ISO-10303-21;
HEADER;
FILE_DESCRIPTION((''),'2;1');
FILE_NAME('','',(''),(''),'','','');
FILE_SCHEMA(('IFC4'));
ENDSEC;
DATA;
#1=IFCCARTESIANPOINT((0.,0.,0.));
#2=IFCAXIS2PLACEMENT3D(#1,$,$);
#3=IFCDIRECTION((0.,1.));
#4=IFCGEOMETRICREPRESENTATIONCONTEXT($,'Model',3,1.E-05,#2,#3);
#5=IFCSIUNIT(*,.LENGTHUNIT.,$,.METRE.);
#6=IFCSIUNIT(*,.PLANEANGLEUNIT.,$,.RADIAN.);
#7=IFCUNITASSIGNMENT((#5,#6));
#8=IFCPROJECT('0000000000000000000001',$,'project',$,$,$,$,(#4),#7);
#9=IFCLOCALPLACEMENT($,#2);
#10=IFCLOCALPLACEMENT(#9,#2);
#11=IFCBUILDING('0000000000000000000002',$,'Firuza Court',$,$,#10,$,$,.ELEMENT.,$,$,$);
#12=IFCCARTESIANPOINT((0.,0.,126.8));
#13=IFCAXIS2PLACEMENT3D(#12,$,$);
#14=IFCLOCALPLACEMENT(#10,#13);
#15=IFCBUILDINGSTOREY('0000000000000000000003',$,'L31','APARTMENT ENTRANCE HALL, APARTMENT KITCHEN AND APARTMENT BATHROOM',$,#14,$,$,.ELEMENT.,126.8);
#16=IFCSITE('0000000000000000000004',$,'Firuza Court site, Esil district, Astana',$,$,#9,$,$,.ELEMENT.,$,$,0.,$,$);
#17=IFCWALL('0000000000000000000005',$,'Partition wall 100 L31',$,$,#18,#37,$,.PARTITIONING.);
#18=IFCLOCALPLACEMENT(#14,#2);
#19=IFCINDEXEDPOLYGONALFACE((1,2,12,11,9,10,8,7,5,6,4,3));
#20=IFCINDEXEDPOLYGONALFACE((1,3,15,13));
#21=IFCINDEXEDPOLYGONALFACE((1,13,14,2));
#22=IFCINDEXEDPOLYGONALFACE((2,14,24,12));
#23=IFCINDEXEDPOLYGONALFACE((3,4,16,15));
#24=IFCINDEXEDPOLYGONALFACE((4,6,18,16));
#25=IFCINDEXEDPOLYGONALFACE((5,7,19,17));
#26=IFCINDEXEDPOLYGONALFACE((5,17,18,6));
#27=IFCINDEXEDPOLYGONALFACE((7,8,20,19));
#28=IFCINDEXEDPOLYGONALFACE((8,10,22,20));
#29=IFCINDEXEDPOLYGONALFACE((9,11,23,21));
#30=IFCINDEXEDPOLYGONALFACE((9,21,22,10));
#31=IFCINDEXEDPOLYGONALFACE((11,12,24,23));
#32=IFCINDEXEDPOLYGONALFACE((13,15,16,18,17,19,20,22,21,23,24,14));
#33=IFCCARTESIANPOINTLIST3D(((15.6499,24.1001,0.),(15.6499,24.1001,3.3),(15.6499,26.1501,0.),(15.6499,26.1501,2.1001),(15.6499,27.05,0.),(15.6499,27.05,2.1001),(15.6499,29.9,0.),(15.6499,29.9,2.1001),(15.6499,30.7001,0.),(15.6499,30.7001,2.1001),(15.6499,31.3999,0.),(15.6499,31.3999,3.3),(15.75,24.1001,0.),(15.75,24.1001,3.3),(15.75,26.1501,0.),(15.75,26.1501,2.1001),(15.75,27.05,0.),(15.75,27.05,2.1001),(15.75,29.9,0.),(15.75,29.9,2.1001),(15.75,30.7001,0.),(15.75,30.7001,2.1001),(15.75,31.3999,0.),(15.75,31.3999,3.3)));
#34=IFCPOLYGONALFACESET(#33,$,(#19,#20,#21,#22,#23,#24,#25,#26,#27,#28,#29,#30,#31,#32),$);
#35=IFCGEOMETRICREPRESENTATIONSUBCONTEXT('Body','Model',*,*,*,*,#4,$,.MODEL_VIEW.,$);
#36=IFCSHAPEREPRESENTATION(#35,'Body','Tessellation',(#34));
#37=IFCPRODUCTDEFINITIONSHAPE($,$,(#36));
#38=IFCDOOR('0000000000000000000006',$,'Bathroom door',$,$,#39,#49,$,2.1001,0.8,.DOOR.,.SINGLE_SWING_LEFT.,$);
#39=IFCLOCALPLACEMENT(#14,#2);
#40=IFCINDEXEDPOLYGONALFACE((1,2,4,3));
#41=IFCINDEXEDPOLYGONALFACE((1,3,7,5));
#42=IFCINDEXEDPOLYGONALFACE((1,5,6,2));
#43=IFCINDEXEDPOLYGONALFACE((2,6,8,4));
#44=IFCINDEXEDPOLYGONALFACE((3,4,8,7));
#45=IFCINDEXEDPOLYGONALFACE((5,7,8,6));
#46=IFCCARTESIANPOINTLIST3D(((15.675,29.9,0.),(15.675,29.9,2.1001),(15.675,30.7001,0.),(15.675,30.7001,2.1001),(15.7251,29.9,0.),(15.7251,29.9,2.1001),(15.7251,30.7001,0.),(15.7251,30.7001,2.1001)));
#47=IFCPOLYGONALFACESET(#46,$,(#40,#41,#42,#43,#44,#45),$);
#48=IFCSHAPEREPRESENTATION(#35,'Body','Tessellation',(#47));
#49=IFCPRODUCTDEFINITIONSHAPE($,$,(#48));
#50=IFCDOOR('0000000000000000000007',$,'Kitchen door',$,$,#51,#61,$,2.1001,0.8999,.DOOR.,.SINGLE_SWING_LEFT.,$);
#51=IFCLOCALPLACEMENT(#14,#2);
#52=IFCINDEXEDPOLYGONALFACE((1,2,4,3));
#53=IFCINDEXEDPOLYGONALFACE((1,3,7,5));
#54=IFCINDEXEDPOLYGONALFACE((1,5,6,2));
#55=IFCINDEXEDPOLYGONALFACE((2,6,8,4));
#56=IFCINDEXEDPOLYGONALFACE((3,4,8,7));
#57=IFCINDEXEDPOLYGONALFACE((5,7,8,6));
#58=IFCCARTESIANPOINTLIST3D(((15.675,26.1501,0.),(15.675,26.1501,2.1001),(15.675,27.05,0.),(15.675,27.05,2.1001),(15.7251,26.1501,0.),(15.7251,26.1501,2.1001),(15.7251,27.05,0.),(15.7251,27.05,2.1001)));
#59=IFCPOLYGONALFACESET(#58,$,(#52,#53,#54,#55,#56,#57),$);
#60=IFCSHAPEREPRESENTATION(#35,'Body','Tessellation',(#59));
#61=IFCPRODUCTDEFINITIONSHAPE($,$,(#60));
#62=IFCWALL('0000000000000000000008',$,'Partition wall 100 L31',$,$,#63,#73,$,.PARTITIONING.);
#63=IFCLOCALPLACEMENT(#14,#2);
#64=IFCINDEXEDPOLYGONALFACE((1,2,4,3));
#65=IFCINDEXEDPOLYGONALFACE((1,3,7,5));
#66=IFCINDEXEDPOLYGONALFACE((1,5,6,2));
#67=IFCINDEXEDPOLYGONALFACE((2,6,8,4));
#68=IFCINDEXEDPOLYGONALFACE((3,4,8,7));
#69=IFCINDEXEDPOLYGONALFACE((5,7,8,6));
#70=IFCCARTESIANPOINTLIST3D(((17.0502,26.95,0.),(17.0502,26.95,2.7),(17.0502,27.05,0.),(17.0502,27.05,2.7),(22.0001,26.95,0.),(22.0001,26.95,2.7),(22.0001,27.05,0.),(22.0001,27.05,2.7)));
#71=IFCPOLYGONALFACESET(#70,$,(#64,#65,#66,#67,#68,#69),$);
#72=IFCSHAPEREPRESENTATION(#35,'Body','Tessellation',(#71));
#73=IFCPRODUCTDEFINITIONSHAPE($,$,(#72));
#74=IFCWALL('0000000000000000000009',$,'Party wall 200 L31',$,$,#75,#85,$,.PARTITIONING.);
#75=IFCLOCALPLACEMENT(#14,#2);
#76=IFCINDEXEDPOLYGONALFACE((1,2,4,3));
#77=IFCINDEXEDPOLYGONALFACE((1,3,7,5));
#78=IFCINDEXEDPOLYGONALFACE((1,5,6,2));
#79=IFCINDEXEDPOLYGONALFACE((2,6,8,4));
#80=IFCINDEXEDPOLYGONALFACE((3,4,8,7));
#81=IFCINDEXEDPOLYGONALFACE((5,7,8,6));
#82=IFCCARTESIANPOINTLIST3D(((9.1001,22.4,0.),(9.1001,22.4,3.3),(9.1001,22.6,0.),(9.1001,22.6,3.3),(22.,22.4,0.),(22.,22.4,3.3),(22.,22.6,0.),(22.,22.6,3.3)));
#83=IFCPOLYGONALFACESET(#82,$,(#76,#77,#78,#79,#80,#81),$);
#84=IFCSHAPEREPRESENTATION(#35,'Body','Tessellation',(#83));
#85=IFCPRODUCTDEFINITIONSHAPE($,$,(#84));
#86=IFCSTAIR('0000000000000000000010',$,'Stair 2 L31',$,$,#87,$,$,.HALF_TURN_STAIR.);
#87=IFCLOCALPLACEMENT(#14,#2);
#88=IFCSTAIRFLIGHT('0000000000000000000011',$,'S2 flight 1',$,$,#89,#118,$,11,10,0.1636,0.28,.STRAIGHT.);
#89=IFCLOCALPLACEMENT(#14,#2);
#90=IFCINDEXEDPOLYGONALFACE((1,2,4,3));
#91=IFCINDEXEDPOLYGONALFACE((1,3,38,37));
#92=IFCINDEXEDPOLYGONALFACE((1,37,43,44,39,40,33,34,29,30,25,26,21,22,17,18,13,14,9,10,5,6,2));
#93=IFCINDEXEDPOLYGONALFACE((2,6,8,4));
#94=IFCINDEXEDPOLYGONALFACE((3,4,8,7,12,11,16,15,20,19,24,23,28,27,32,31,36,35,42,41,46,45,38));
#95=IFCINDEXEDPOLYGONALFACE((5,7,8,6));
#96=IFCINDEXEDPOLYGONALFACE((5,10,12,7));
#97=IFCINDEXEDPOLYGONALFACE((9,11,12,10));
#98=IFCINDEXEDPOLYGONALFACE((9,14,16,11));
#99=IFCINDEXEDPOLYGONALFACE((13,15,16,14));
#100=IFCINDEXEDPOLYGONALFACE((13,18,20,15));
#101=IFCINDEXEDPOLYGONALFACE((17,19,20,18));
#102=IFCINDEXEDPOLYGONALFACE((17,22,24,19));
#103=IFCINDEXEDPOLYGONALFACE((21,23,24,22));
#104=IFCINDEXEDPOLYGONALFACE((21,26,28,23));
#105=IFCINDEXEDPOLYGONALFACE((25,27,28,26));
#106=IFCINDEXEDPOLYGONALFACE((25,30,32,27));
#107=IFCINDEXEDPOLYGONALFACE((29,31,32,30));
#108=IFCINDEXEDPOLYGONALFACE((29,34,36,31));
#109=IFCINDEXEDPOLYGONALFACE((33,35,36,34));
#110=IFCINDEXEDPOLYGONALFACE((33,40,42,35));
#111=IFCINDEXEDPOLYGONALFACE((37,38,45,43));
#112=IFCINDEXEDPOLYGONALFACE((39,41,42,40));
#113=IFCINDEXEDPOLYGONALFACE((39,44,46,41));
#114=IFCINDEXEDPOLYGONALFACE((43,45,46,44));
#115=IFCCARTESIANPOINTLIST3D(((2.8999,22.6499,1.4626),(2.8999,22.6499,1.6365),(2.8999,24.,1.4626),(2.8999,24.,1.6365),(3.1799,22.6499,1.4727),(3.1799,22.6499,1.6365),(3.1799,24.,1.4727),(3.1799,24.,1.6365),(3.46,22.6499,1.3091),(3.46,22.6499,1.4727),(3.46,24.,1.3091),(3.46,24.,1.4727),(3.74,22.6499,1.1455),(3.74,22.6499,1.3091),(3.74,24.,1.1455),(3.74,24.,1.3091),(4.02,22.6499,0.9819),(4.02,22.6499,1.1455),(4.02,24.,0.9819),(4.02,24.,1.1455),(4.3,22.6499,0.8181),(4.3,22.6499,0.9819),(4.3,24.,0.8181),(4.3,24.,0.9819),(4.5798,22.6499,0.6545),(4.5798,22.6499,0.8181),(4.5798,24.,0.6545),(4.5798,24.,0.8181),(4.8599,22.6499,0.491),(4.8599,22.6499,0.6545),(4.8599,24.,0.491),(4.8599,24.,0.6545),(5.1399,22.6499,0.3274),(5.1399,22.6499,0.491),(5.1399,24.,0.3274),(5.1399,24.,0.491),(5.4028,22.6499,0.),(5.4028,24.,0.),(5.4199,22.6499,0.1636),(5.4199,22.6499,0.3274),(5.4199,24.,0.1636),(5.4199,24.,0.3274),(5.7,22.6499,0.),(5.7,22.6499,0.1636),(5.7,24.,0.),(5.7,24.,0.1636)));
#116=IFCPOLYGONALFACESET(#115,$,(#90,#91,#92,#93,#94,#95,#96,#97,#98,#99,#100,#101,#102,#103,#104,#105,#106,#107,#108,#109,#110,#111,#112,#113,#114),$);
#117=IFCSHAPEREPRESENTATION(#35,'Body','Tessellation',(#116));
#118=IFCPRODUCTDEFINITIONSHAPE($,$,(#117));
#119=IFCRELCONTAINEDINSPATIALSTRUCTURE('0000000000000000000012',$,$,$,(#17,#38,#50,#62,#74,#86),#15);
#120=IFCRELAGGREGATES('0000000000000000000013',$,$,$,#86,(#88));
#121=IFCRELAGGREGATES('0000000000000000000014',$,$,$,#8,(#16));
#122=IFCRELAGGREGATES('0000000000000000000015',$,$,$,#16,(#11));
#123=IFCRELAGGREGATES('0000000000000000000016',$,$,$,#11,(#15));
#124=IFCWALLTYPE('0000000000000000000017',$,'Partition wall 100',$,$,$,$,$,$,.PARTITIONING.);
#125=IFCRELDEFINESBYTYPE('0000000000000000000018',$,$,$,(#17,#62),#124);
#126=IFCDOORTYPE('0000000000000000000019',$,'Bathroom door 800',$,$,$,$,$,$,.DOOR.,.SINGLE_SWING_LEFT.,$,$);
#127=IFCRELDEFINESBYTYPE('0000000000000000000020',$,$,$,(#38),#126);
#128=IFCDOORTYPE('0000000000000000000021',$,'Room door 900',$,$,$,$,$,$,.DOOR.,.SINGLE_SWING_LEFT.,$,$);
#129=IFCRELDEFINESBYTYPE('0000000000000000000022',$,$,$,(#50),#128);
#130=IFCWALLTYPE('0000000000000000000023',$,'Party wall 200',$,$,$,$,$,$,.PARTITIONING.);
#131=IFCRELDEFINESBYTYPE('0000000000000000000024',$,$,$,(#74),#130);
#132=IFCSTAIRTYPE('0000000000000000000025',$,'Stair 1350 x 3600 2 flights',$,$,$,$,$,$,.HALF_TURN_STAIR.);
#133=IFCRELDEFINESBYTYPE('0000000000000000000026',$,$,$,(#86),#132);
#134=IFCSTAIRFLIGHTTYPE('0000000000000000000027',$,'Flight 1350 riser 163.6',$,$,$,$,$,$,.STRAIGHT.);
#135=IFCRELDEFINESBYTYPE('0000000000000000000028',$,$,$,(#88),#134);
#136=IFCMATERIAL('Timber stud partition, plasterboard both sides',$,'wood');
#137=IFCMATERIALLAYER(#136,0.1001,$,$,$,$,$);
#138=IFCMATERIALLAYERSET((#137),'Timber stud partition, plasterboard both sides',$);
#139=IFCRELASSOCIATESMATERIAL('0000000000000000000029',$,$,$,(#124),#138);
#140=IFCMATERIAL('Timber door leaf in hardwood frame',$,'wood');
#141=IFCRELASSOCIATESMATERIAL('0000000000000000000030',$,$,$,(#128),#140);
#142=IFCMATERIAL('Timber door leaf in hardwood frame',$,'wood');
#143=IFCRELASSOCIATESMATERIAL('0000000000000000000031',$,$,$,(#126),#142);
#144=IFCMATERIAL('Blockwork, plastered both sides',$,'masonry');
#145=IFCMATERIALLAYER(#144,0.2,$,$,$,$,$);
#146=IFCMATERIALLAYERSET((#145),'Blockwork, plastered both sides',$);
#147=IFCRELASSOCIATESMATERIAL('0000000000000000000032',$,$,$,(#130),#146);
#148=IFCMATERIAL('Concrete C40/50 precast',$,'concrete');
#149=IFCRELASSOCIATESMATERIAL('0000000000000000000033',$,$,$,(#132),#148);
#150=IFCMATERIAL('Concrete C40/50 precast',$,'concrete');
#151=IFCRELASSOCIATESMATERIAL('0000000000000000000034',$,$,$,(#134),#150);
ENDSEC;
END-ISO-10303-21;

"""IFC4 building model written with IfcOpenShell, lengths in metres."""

from ifc_helpers import new_model, si_unit, direction, frame, frame_2d, origin, place, context, subcontext, project, spatial, polyline, rectangle, outline, extrude, material, layer, layer_set, type_object, element, fill, aggregate, save


model = new_model("IFC4")

# Units and contexts
model_context = context("Model", 3, precision=1e-05, world=origin(), true_north=direction((0.0, 1.0)))
body_context = subcontext(model_context, "Body", "Model", "MODEL_VIEW")
ifc_project = project(units=[si_unit("LENGTHUNIT", "METRE"), si_unit("PLANEANGLEUNIT", "RADIAN")], contexts=[model_context])

# Site, building, storey
site_placement = place(None, origin())
site = spatial("IfcSite", under=ifc_project, at=site_placement, Name="Firuza Court site, Esil district, Astana", CompositionType="ELEMENT", RefElevation=0.0)
building_placement = place(site_placement, origin())
building = spatial("IfcBuilding", under=site, at=building_placement, Name="Firuza Court", CompositionType="ELEMENT")
storey_placement = place(building_placement, frame((0.0, 0.0, 126.8)))
storey = spatial("IfcBuildingStorey", under=building, at=storey_placement, Name="L31", Description="APARTMENT ENTRANCE HALL, APARTMENT KITCHEN AND APARTMENT BATHROOM", CompositionType="ELEMENT", Elevation=126.8)

# Shared definitions
ifc_material_1 = material(Name="Timber stud partition, plasterboard both sides", Category="wood")
ifc_layer_1 = layer(ifc_material_1, 0.1001)
ifc_layer_set_1 = layer_set([ifc_layer_1], Name="Timber stud partition, plasterboard both sides")
wall_type_1 = type_object("IfcWallType", Name="Partition wall 100", PredefinedType="PARTITIONING", material=ifc_layer_set_1)

# Shared definitions
ifc_material_2 = material(Name="Timber door leaf in hardwood frame", Category="wood")
door_type_1 = type_object("IfcDoorType", Name="Room door 900", OperationType="SINGLE_SWING_LEFT", PredefinedType="DOOR", material=ifc_material_2)

# Wall, openings, doors
wall_1_placement = place(storey_placement, frame((15.7, 24.1001, 0.0), z_axis=(0.0, 0.0, 1.0), x_axis=(0.0, 1.0, 0.0)))
wall_1 = element("IfcWall", 1, at=wall_1_placement, inside=storey, type_object=wall_type_1, Name="Partition wall 100 L31", PredefinedType="PARTITIONING", context=body_context, shape_type="SweptSolid", body=[
    extrude(rectangle(XDim=7.2998, YDim=0.1001, at=frame_2d((3.6499, 0.0))), origin(), (0.0, 0.0, 1.0), 3.3),
])
opening_1_placement = place(wall_1_placement, frame((5.8, 0.0, 0.0)))
opening_1 = element("IfcOpeningElement", 2, at=opening_1_placement, cuts=wall_1, PredefinedType="OPENING", context=body_context, shape_type="SweptSolid", body=[
    extrude(rectangle(XDim=0.8, YDim=2.1001, at=frame_2d((0.3999, 1.05))), frame((0.0, 0.062, 0.0), z_axis=(0.0, -1.0, 0.0), x_axis=(1.0, 0.0, 0.0)), (0.0, 0.0, 1.0), 0.124),
])
opening_2_placement = place(wall_1_placement, frame((2.05, 0.0, 0.0)))
opening_2 = element("IfcOpeningElement", 3, at=opening_2_placement, cuts=wall_1, PredefinedType="OPENING", context=body_context, shape_type="SweptSolid", body=[
    extrude(rectangle(XDim=0.8999, YDim=2.1001, at=frame_2d((0.45, 1.05))), frame((0.0, 0.062, 0.0), z_axis=(0.0, -1.0, 0.0), x_axis=(1.0, 0.0, 0.0)), (0.0, 0.0, 1.0), 0.124),
])
ifc_material_3 = material(Name="Timber door leaf in hardwood frame", Category="wood")
door_type_2 = type_object("IfcDoorType", Name="Bathroom door 800", OperationType="SINGLE_SWING_LEFT", PredefinedType="DOOR", material=ifc_material_3)
door_1_placement = place(opening_1_placement, origin())
door_1 = element("IfcDoor", 4, at=door_1_placement, inside=storey, type_object=door_type_2, Name="Bathroom door", OperationType="SINGLE_SWING_LEFT", OverallHeight=2.1001, OverallWidth=0.8, PredefinedType="DOOR", context=body_context, shape_type="SweptSolid", body=[
    extrude(rectangle(XDim=0.8, YDim=2.1001, at=frame_2d((0.3999, 1.05))), frame((0.0, 0.0249, 0.0), z_axis=(0.0, -1.0, 0.0), x_axis=(1.0, 0.0, 0.0)), (0.0, 0.0, 1.0), 0.05),
])
fill(opening_1, door_1)
door_2_placement = place(opening_2_placement, origin())
door_2 = element("IfcDoor", 5, at=door_2_placement, inside=storey, type_object=door_type_1, Name="Kitchen door", OperationType="SINGLE_SWING_LEFT", OverallHeight=2.1001, OverallWidth=0.8999, PredefinedType="DOOR", context=body_context, shape_type="SweptSolid", body=[
    extrude(rectangle(XDim=0.8999, YDim=2.1001, at=frame_2d((0.45, 1.05))), frame((0.0, 0.0249, 0.0), z_axis=(0.0, -1.0, 0.0), x_axis=(1.0, 0.0, 0.0)), (0.0, 0.0, 1.0), 0.05),
])
fill(opening_2, door_2)

# Walls
wall_2_placement = place(storey_placement, frame((17.05, 27.0, 0.0), z_axis=(0.0, 0.0, 1.0), x_axis=(1.0, 0.0, 0.0)))
element("IfcWall", 6, at=wall_2_placement, inside=storey, type_object=wall_type_1, Name="Partition wall 100 L31", PredefinedType="PARTITIONING", context=body_context, shape_type="SweptSolid", body=[
    extrude(rectangle(XDim=4.95, YDim=0.1001, at=frame_2d((2.4751, 0.0))), origin(), (0.0, 0.0, 1.0), 2.7),
])
ifc_material_4 = material(Name="Blockwork, plastered both sides", Category="masonry")
ifc_layer_2 = layer(ifc_material_4, 0.2)
ifc_layer_set_2 = layer_set([ifc_layer_2], Name="Blockwork, plastered both sides")
wall_type_2 = type_object("IfcWallType", Name="Party wall 200", PredefinedType="PARTITIONING", material=ifc_layer_set_2)
wall_3_placement = place(storey_placement, frame((9.1001, 22.5, 0.0), z_axis=(0.0, 0.0, 1.0), x_axis=(1.0, 0.0, 0.0)))
element("IfcWall", 7, at=wall_3_placement, inside=storey, type_object=wall_type_2, Name="Party wall 200 L31", PredefinedType="PARTITIONING", context=body_context, shape_type="SweptSolid", body=[
    extrude(rectangle(XDim=12.8999, YDim=0.2, at=frame_2d((6.45, 0.0))), origin(), (0.0, 0.0, 1.0), 3.3),
])

# Stair, stair flight
ifc_material_5 = material(Name="Concrete C40/50 precast", Category="concrete")
stair_type = type_object("IfcStairType", Name="Stair 1350 x 3600 2 flights", PredefinedType="HALF_TURN_STAIR", material=ifc_material_5)
stair_placement = place(storey_placement, origin())
stair = element("IfcStair", 8, at=stair_placement, inside=storey, type_object=stair_type, Name="Stair 2 L31", PredefinedType="HALF_TURN_STAIR")
ifc_material_6 = material(Name="Concrete C40/50 precast", Category="concrete")
stair_flight_type = type_object("IfcStairFlightType", Name="Flight 1350 riser 163.6", PredefinedType="STRAIGHT", material=ifc_material_6)
stair_flight_placement = place(storey_placement, frame((5.7, 23.325, 0.0), z_axis=(0.0, 0.0, 1.0), x_axis=(-1.0, 0.0, 0.0)))
stair_flight = element("IfcStairFlight", 9, at=stair_flight_placement, type_object=stair_flight_type, Name="S2 flight 1", NumberOfRisers=11, NumberOfTreads=10, PredefinedType="STRAIGHT", RiserHeight=0.1636, TreadLength=0.28, context=body_context, shape_type="SweptSolid", body=[
    extrude(outline(polyline([(0.0, 0.0), (0.0, 0.1636), (0.28, 0.1636), (0.28, 0.3274), (0.5601, 0.3274), (0.5601, 0.491), (0.8401, 0.491), (0.8401, 0.6545), (1.1201, 0.6545), (1.1201, 0.8181), (1.3999, 0.8181), (1.3999, 0.9819), (1.6799, 0.9819), (1.6799, 1.1455), (1.96, 1.1455), (1.96, 1.3091), (2.24, 1.3091), (2.24, 1.4727), (2.52, 1.4727), (2.52, 1.6365), (2.8, 1.6365), (2.8, 1.8), (2.8, 1.4626), (0.2971, 0.0), (0.0, 0.0)])), frame((0.0, 0.675, 0.0), z_axis=(0.0, -1.0, 0.0), x_axis=(1.0, 0.0, 0.0)), (0.0, 0.0, 1.0), 1.3501),
])
aggregate(stair, [stair_flight])

save(model, "model.ifc")
